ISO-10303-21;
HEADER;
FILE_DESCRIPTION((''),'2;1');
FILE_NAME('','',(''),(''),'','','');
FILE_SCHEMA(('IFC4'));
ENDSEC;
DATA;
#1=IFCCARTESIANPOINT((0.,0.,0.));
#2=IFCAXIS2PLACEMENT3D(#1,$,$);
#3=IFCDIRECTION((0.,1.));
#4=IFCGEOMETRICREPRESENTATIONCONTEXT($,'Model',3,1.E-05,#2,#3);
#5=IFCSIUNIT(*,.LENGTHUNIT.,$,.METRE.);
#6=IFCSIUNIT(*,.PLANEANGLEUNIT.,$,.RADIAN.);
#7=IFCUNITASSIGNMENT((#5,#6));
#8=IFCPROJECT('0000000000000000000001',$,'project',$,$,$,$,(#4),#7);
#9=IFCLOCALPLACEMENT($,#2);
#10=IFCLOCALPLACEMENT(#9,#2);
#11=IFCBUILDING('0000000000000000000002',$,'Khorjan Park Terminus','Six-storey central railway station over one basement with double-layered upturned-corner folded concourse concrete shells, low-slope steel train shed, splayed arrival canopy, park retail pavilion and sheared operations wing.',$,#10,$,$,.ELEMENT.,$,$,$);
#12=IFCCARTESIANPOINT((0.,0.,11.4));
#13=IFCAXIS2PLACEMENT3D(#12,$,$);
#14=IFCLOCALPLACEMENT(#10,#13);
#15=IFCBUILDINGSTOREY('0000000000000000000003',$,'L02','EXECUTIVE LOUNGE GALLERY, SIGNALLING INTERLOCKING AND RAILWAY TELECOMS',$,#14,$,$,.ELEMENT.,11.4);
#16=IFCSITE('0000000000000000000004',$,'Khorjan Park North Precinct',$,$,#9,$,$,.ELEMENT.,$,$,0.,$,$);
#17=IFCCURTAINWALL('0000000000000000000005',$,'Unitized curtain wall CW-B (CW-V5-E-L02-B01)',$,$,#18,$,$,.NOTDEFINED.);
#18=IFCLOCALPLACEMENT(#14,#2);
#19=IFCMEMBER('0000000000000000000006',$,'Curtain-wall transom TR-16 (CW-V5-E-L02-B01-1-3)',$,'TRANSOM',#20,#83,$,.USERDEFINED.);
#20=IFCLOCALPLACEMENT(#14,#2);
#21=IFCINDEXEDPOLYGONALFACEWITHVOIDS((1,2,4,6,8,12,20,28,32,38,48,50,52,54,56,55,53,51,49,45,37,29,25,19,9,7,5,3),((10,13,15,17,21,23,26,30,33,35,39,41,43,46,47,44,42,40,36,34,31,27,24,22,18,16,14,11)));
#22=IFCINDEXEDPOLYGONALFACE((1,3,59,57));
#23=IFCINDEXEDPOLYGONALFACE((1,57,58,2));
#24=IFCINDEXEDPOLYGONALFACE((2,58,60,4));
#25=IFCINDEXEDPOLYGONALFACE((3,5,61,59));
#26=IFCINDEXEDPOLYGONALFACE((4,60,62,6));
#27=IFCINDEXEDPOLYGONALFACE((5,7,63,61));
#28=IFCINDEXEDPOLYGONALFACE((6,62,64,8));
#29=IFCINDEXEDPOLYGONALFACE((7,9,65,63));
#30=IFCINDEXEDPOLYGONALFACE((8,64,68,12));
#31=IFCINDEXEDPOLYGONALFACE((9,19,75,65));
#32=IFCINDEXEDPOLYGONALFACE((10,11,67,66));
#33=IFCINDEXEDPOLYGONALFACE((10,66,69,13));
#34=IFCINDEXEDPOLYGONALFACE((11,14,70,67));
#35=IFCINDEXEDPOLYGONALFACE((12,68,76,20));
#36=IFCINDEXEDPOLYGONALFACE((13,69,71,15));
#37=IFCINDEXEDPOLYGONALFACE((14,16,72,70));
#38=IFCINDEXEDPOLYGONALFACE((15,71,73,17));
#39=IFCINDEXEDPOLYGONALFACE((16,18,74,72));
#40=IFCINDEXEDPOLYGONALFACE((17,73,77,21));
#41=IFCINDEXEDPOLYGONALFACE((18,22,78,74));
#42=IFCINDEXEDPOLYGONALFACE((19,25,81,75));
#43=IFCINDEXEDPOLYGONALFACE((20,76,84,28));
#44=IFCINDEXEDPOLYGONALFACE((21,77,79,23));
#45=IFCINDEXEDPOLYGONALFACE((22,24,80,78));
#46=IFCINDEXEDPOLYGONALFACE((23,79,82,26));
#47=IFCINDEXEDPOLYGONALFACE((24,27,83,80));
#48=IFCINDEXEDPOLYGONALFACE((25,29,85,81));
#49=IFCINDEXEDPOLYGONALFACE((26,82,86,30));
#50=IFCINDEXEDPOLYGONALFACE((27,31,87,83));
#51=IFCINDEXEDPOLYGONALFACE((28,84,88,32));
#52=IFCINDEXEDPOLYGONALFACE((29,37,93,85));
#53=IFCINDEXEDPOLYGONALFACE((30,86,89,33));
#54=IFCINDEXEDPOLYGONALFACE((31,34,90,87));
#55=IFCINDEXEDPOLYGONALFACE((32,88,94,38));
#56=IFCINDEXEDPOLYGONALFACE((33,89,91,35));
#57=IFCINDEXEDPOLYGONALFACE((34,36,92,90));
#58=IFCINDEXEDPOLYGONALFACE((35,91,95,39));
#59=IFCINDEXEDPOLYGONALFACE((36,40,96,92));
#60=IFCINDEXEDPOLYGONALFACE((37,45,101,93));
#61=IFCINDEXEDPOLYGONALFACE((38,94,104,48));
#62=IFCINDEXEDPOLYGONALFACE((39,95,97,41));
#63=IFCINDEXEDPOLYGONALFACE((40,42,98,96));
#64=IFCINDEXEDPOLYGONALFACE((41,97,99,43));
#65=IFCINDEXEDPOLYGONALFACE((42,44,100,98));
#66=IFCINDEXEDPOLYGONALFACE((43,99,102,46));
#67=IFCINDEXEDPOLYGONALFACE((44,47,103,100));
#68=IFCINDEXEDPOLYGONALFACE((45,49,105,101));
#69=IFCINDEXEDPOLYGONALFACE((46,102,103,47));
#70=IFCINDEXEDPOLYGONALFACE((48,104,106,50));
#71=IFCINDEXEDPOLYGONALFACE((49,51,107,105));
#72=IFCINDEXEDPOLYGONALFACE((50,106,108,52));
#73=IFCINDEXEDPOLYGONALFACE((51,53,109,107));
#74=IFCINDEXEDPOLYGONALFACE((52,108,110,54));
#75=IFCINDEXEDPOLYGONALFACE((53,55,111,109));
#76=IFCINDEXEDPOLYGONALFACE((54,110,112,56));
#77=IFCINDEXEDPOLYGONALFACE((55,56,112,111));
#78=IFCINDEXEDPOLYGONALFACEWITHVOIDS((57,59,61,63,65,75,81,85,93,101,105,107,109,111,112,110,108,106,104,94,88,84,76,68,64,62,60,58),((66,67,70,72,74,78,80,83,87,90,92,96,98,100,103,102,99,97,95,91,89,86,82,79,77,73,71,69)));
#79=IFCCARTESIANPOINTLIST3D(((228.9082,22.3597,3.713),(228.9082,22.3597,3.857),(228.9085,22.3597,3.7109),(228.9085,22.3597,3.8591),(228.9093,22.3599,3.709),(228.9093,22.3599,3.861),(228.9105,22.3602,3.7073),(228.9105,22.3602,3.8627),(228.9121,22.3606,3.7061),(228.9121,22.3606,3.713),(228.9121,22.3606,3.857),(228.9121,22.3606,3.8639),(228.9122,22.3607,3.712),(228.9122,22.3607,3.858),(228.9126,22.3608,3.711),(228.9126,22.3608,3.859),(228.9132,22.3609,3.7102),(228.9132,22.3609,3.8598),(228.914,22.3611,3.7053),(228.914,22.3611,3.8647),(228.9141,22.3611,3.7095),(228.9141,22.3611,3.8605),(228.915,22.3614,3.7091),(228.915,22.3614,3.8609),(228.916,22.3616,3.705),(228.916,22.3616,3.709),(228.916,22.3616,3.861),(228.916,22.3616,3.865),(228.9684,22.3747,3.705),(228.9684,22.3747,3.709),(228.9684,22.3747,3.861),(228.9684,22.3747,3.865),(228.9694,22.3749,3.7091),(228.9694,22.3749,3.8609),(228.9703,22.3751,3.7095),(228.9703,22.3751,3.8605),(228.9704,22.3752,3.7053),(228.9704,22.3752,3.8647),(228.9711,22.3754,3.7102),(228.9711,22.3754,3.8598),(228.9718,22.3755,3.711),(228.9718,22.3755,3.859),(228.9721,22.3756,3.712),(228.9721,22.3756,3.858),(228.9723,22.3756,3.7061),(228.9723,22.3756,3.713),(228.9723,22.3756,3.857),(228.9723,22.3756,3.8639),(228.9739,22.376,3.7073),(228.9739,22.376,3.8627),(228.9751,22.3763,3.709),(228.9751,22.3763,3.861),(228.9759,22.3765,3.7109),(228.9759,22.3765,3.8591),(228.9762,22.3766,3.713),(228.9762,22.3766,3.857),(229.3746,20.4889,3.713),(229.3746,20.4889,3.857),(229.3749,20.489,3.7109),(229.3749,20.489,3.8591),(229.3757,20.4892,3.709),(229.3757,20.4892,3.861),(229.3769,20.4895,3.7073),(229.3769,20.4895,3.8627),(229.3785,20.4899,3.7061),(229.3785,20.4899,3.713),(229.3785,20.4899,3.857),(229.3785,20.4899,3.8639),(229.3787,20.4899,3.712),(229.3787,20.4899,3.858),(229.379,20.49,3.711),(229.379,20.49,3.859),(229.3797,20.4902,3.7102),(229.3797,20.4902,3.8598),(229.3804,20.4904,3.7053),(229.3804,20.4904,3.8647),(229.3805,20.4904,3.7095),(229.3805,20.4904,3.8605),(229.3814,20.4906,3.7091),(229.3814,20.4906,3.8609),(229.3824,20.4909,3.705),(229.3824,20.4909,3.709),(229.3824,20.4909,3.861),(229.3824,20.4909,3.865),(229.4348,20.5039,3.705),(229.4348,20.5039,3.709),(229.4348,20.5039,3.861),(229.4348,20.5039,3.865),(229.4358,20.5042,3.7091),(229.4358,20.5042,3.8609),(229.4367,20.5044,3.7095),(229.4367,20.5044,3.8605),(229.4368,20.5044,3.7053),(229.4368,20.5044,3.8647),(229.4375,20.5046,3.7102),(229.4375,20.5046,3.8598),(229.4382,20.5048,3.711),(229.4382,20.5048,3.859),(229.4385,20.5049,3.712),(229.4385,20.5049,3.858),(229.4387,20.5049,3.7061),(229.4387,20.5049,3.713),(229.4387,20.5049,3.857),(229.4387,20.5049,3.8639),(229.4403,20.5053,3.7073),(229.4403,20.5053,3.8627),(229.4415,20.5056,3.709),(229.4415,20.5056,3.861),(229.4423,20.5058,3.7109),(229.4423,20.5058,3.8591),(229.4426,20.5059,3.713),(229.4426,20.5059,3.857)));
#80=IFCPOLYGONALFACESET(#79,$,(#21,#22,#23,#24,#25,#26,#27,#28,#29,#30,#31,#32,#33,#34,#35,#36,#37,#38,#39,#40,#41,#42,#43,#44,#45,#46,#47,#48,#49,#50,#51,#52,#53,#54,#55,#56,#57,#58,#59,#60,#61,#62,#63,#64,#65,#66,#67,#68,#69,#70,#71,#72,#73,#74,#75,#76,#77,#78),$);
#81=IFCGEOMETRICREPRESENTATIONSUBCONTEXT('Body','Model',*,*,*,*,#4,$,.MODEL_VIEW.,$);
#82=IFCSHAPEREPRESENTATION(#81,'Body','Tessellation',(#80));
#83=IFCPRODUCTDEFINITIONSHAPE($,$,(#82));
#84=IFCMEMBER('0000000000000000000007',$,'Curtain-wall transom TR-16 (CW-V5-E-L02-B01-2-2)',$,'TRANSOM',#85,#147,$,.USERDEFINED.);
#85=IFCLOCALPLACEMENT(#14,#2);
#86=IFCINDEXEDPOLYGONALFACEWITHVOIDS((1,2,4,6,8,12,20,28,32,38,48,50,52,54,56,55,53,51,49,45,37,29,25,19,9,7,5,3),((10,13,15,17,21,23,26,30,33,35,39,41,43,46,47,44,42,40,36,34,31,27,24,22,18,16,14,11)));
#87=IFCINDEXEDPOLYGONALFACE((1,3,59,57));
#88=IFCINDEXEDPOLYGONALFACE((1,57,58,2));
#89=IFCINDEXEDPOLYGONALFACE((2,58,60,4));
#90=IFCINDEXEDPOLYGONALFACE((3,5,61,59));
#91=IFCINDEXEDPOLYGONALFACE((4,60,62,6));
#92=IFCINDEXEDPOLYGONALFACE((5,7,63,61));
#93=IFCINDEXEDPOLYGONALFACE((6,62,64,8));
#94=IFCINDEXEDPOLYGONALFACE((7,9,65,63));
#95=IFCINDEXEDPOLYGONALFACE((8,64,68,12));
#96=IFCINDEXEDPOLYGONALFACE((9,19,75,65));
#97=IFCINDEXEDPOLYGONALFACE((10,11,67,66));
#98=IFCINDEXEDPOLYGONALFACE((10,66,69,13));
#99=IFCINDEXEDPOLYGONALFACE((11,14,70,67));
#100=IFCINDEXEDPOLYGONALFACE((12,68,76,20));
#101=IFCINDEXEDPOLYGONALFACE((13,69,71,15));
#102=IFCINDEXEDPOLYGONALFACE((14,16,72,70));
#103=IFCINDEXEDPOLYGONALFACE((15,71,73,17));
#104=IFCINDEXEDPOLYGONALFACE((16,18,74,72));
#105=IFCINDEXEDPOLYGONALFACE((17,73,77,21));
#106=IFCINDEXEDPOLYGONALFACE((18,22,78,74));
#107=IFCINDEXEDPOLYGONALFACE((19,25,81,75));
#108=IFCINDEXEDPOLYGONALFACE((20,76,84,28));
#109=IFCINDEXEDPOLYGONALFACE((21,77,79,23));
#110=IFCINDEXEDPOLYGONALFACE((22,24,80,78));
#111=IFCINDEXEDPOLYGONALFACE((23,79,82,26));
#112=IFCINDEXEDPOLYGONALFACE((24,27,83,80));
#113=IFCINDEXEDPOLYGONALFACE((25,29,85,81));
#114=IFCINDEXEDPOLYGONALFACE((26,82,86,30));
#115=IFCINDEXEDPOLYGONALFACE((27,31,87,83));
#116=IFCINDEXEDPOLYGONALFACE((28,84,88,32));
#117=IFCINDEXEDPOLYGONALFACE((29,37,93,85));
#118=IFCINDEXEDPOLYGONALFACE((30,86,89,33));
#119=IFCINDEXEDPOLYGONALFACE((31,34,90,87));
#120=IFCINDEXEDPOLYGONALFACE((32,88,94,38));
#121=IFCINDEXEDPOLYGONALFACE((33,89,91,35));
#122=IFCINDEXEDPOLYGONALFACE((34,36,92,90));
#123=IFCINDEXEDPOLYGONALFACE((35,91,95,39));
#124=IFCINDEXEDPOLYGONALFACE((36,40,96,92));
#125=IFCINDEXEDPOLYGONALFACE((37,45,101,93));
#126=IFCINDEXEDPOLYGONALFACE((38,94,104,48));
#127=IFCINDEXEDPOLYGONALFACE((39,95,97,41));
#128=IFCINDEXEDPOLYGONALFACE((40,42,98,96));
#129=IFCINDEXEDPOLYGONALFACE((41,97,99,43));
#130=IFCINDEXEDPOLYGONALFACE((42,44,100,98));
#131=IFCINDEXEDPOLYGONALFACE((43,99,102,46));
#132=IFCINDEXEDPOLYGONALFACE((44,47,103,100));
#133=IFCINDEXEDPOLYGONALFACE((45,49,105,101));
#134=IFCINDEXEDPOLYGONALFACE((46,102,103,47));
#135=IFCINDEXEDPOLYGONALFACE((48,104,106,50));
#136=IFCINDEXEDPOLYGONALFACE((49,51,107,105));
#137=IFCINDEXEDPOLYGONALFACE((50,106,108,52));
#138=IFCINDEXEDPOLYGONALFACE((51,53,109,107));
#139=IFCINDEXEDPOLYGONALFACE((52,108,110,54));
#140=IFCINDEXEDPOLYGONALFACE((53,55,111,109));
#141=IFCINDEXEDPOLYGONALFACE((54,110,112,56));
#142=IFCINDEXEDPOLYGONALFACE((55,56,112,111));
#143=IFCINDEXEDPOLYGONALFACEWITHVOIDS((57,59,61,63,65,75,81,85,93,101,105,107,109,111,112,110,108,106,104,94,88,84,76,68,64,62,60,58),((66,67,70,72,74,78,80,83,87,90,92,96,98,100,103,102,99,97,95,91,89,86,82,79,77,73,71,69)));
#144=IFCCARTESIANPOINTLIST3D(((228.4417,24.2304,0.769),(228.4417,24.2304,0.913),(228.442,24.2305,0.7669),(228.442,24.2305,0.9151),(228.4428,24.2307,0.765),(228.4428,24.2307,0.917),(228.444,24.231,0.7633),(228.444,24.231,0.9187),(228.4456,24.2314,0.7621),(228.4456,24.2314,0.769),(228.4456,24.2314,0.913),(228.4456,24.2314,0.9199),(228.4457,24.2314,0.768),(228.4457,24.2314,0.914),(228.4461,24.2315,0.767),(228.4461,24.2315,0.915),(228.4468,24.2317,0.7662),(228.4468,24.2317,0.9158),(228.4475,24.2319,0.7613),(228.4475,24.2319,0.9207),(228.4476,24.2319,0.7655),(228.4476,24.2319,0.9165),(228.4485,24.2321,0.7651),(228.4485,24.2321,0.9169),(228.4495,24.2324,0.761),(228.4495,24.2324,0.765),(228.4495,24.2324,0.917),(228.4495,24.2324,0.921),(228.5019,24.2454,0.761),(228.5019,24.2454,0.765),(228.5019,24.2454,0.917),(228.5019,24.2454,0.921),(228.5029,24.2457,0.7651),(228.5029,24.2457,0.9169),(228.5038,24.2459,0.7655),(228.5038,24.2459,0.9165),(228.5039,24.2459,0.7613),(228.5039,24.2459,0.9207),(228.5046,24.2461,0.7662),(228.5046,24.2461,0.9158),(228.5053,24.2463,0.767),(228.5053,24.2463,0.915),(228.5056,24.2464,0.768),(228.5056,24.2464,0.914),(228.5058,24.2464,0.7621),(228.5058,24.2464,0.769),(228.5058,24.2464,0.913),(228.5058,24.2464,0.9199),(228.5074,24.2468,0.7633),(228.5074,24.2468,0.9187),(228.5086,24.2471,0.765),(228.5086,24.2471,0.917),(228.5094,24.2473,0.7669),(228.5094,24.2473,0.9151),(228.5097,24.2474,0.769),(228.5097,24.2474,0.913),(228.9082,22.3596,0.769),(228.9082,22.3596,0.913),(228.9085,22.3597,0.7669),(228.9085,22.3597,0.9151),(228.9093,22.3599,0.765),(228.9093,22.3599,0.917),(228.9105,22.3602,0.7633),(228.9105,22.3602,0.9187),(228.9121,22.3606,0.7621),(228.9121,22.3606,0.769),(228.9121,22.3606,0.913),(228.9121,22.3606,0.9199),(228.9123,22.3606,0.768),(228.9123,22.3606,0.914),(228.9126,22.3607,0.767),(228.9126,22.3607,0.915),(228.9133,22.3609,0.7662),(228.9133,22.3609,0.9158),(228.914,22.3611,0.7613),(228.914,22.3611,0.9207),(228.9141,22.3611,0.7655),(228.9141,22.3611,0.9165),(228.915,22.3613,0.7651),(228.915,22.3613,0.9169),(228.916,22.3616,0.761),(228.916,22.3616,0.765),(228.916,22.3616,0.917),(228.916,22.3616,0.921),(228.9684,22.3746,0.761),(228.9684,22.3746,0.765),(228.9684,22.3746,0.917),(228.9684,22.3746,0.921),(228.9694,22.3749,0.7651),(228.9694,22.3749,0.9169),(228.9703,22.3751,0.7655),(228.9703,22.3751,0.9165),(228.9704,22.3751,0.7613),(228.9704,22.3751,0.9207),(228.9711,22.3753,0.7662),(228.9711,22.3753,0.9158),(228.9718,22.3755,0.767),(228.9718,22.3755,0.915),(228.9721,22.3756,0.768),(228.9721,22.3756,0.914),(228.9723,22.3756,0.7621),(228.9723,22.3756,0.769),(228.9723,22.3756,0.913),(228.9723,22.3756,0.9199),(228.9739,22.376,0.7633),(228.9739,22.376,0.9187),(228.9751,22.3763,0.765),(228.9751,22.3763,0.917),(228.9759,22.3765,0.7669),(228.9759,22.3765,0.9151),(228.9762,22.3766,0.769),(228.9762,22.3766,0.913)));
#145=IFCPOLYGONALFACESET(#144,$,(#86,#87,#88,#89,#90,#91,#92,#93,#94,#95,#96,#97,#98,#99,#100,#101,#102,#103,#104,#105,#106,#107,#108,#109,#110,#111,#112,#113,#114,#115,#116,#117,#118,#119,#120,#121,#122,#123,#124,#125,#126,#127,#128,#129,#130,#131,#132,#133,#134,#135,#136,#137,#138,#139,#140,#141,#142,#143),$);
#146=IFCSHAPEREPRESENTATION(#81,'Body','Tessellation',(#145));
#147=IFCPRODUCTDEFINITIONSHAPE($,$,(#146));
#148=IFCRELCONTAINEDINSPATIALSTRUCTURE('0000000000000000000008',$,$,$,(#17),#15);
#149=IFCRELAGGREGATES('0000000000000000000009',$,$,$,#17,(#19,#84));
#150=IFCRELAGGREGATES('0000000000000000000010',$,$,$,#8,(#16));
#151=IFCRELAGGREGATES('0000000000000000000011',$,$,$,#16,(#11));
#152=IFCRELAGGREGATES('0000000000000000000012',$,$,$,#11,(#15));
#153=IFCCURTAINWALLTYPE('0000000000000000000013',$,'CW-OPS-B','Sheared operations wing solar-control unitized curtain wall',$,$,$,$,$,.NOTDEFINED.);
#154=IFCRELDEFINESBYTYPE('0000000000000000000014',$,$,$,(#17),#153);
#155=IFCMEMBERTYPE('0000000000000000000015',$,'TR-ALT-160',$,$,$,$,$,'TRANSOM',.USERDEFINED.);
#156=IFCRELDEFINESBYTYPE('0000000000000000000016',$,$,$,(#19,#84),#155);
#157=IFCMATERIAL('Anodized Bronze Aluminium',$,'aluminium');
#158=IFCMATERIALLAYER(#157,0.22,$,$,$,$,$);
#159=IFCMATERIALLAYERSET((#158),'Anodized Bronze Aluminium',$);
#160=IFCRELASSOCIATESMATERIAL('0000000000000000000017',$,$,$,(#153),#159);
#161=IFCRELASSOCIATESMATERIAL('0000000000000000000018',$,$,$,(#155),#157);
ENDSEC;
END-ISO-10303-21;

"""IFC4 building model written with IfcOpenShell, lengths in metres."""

from ifc_helpers import new_model, si_unit, direction, frame, origin, origin_2d, place, context, subcontext, project, spatial, hollow_rectangle, extrude, material, layer, layer_set, material_profile, profile_set, type_object, element, aggregate, save


model = new_model("IFC4")

# Units and contexts
model_context = context("Model", 3, precision=1e-05, world=origin(), true_north=direction((0.0, 1.0)))
body_context = subcontext(model_context, "Body", "Model", "MODEL_VIEW")
ifc_project = project(units=[si_unit("LENGTHUNIT", "METRE"), si_unit("PLANEANGLEUNIT", "RADIAN")], contexts=[model_context])

# Site, building, storey
site_placement = place(None, origin())
site = spatial("IfcSite", under=ifc_project, at=site_placement, Name="Khorjan Park North Precinct", CompositionType="ELEMENT", RefElevation=0.0)
building_placement = place(site_placement, origin())
building = spatial("IfcBuilding", under=site, at=building_placement, Name="Khorjan Park Terminus", Description="Six-storey central railway station over one basement with double-layered upturned-corner folded concourse concrete shells, low-slope steel train shed, splayed arrival canopy, park retail pavilion and sheared operations wing.", CompositionType="ELEMENT")
storey_placement = place(building_placement, frame((0.0, 0.0, 11.4)))
storey = spatial("IfcBuildingStorey", under=building, at=storey_placement, Name="L02", Description="EXECUTIVE LOUNGE GALLERY, SIGNALLING INTERLOCKING AND RAILWAY TELECOMS", CompositionType="ELEMENT", Elevation=11.4)

# Curtain wall, members
ifc_material_1 = material(Name="Anodized Bronze Aluminium", Category="aluminium")
ifc_layer_1 = layer(ifc_material_1, 0.22)
ifc_layer_set_1 = layer_set([ifc_layer_1], Name="Anodized Bronze Aluminium")
curtain_wall_type = type_object("IfcCurtainWallType", Name="CW-OPS-B", Description="Sheared operations wing solar-control unitized curtain wall", PredefinedType="NOTDEFINED", material=ifc_layer_set_1)
curtain_wall_placement = place(storey_placement, origin())
curtain_wall = element("IfcCurtainWall", 1, at=curtain_wall_placement, inside=storey, type_object=curtain_wall_type, Name="Unitized curtain wall CW-B (CW-V5-E-L02-B01)", PredefinedType="NOTDEFINED")
ifc_material_profile_1 = material_profile(ifc_material_1, hollow_rectangle(XDim=0.07, YDim=0.16, WallThickness=0.004, InnerFilletRadius=0.004, OuterFilletRadius=0.008, at=origin_2d()), Name="ALT 70x160x4")
ifc_profile_set_1 = profile_set([ifc_material_profile_1], Name="Anodized Bronze Aluminium")
member_type_1 = type_object("IfcMemberType", Name="TR-ALT-160", ElementType="TRANSOM", PredefinedType="USERDEFINED", material=ifc_profile_set_1)
member_1_placement = place(storey_placement, frame((229.4086, 20.4974, 3.785), z_axis=(-0.241913, 0.970298, 0.0), x_axis=(-0.970298, -0.241913, 0.0)))
member_1 = element("IfcMember", 2, at=member_1_placement, type_object=member_type_1, Name="Curtain-wall transom TR-16 (CW-V5-E-L02-B01-1-3)", ObjectType="TRANSOM", PredefinedType="USERDEFINED", context=body_context, shape_type="SweptSolid", body=[
    extrude(hollow_rectangle(XDim=0.07, YDim=0.16, WallThickness=0.004, InnerFilletRadius=0.004, OuterFilletRadius=0.008, at=origin_2d()), origin(), (0.0, 0.0, 1.0), 1.928),
])
member_2_placement = place(storey_placement, frame((228.9422, 22.3681, 0.841), z_axis=(-0.24195, 0.970289, 0.0), x_axis=(-0.970289, -0.24195, 0.0)))
member_2 = element("IfcMember", 3, at=member_2_placement, type_object=member_type_1, Name="Curtain-wall transom TR-16 (CW-V5-E-L02-B01-2-2)", ObjectType="TRANSOM", PredefinedType="USERDEFINED", context=body_context, shape_type="SweptSolid", body=[
    extrude(hollow_rectangle(XDim=0.07, YDim=0.16, WallThickness=0.004, InnerFilletRadius=0.004, OuterFilletRadius=0.008, at=origin_2d()), origin(), (0.0, 0.0, 1.0), 1.9281),
])
aggregate(curtain_wall, [member_1, member_2])

save(model, "model.ifc")
